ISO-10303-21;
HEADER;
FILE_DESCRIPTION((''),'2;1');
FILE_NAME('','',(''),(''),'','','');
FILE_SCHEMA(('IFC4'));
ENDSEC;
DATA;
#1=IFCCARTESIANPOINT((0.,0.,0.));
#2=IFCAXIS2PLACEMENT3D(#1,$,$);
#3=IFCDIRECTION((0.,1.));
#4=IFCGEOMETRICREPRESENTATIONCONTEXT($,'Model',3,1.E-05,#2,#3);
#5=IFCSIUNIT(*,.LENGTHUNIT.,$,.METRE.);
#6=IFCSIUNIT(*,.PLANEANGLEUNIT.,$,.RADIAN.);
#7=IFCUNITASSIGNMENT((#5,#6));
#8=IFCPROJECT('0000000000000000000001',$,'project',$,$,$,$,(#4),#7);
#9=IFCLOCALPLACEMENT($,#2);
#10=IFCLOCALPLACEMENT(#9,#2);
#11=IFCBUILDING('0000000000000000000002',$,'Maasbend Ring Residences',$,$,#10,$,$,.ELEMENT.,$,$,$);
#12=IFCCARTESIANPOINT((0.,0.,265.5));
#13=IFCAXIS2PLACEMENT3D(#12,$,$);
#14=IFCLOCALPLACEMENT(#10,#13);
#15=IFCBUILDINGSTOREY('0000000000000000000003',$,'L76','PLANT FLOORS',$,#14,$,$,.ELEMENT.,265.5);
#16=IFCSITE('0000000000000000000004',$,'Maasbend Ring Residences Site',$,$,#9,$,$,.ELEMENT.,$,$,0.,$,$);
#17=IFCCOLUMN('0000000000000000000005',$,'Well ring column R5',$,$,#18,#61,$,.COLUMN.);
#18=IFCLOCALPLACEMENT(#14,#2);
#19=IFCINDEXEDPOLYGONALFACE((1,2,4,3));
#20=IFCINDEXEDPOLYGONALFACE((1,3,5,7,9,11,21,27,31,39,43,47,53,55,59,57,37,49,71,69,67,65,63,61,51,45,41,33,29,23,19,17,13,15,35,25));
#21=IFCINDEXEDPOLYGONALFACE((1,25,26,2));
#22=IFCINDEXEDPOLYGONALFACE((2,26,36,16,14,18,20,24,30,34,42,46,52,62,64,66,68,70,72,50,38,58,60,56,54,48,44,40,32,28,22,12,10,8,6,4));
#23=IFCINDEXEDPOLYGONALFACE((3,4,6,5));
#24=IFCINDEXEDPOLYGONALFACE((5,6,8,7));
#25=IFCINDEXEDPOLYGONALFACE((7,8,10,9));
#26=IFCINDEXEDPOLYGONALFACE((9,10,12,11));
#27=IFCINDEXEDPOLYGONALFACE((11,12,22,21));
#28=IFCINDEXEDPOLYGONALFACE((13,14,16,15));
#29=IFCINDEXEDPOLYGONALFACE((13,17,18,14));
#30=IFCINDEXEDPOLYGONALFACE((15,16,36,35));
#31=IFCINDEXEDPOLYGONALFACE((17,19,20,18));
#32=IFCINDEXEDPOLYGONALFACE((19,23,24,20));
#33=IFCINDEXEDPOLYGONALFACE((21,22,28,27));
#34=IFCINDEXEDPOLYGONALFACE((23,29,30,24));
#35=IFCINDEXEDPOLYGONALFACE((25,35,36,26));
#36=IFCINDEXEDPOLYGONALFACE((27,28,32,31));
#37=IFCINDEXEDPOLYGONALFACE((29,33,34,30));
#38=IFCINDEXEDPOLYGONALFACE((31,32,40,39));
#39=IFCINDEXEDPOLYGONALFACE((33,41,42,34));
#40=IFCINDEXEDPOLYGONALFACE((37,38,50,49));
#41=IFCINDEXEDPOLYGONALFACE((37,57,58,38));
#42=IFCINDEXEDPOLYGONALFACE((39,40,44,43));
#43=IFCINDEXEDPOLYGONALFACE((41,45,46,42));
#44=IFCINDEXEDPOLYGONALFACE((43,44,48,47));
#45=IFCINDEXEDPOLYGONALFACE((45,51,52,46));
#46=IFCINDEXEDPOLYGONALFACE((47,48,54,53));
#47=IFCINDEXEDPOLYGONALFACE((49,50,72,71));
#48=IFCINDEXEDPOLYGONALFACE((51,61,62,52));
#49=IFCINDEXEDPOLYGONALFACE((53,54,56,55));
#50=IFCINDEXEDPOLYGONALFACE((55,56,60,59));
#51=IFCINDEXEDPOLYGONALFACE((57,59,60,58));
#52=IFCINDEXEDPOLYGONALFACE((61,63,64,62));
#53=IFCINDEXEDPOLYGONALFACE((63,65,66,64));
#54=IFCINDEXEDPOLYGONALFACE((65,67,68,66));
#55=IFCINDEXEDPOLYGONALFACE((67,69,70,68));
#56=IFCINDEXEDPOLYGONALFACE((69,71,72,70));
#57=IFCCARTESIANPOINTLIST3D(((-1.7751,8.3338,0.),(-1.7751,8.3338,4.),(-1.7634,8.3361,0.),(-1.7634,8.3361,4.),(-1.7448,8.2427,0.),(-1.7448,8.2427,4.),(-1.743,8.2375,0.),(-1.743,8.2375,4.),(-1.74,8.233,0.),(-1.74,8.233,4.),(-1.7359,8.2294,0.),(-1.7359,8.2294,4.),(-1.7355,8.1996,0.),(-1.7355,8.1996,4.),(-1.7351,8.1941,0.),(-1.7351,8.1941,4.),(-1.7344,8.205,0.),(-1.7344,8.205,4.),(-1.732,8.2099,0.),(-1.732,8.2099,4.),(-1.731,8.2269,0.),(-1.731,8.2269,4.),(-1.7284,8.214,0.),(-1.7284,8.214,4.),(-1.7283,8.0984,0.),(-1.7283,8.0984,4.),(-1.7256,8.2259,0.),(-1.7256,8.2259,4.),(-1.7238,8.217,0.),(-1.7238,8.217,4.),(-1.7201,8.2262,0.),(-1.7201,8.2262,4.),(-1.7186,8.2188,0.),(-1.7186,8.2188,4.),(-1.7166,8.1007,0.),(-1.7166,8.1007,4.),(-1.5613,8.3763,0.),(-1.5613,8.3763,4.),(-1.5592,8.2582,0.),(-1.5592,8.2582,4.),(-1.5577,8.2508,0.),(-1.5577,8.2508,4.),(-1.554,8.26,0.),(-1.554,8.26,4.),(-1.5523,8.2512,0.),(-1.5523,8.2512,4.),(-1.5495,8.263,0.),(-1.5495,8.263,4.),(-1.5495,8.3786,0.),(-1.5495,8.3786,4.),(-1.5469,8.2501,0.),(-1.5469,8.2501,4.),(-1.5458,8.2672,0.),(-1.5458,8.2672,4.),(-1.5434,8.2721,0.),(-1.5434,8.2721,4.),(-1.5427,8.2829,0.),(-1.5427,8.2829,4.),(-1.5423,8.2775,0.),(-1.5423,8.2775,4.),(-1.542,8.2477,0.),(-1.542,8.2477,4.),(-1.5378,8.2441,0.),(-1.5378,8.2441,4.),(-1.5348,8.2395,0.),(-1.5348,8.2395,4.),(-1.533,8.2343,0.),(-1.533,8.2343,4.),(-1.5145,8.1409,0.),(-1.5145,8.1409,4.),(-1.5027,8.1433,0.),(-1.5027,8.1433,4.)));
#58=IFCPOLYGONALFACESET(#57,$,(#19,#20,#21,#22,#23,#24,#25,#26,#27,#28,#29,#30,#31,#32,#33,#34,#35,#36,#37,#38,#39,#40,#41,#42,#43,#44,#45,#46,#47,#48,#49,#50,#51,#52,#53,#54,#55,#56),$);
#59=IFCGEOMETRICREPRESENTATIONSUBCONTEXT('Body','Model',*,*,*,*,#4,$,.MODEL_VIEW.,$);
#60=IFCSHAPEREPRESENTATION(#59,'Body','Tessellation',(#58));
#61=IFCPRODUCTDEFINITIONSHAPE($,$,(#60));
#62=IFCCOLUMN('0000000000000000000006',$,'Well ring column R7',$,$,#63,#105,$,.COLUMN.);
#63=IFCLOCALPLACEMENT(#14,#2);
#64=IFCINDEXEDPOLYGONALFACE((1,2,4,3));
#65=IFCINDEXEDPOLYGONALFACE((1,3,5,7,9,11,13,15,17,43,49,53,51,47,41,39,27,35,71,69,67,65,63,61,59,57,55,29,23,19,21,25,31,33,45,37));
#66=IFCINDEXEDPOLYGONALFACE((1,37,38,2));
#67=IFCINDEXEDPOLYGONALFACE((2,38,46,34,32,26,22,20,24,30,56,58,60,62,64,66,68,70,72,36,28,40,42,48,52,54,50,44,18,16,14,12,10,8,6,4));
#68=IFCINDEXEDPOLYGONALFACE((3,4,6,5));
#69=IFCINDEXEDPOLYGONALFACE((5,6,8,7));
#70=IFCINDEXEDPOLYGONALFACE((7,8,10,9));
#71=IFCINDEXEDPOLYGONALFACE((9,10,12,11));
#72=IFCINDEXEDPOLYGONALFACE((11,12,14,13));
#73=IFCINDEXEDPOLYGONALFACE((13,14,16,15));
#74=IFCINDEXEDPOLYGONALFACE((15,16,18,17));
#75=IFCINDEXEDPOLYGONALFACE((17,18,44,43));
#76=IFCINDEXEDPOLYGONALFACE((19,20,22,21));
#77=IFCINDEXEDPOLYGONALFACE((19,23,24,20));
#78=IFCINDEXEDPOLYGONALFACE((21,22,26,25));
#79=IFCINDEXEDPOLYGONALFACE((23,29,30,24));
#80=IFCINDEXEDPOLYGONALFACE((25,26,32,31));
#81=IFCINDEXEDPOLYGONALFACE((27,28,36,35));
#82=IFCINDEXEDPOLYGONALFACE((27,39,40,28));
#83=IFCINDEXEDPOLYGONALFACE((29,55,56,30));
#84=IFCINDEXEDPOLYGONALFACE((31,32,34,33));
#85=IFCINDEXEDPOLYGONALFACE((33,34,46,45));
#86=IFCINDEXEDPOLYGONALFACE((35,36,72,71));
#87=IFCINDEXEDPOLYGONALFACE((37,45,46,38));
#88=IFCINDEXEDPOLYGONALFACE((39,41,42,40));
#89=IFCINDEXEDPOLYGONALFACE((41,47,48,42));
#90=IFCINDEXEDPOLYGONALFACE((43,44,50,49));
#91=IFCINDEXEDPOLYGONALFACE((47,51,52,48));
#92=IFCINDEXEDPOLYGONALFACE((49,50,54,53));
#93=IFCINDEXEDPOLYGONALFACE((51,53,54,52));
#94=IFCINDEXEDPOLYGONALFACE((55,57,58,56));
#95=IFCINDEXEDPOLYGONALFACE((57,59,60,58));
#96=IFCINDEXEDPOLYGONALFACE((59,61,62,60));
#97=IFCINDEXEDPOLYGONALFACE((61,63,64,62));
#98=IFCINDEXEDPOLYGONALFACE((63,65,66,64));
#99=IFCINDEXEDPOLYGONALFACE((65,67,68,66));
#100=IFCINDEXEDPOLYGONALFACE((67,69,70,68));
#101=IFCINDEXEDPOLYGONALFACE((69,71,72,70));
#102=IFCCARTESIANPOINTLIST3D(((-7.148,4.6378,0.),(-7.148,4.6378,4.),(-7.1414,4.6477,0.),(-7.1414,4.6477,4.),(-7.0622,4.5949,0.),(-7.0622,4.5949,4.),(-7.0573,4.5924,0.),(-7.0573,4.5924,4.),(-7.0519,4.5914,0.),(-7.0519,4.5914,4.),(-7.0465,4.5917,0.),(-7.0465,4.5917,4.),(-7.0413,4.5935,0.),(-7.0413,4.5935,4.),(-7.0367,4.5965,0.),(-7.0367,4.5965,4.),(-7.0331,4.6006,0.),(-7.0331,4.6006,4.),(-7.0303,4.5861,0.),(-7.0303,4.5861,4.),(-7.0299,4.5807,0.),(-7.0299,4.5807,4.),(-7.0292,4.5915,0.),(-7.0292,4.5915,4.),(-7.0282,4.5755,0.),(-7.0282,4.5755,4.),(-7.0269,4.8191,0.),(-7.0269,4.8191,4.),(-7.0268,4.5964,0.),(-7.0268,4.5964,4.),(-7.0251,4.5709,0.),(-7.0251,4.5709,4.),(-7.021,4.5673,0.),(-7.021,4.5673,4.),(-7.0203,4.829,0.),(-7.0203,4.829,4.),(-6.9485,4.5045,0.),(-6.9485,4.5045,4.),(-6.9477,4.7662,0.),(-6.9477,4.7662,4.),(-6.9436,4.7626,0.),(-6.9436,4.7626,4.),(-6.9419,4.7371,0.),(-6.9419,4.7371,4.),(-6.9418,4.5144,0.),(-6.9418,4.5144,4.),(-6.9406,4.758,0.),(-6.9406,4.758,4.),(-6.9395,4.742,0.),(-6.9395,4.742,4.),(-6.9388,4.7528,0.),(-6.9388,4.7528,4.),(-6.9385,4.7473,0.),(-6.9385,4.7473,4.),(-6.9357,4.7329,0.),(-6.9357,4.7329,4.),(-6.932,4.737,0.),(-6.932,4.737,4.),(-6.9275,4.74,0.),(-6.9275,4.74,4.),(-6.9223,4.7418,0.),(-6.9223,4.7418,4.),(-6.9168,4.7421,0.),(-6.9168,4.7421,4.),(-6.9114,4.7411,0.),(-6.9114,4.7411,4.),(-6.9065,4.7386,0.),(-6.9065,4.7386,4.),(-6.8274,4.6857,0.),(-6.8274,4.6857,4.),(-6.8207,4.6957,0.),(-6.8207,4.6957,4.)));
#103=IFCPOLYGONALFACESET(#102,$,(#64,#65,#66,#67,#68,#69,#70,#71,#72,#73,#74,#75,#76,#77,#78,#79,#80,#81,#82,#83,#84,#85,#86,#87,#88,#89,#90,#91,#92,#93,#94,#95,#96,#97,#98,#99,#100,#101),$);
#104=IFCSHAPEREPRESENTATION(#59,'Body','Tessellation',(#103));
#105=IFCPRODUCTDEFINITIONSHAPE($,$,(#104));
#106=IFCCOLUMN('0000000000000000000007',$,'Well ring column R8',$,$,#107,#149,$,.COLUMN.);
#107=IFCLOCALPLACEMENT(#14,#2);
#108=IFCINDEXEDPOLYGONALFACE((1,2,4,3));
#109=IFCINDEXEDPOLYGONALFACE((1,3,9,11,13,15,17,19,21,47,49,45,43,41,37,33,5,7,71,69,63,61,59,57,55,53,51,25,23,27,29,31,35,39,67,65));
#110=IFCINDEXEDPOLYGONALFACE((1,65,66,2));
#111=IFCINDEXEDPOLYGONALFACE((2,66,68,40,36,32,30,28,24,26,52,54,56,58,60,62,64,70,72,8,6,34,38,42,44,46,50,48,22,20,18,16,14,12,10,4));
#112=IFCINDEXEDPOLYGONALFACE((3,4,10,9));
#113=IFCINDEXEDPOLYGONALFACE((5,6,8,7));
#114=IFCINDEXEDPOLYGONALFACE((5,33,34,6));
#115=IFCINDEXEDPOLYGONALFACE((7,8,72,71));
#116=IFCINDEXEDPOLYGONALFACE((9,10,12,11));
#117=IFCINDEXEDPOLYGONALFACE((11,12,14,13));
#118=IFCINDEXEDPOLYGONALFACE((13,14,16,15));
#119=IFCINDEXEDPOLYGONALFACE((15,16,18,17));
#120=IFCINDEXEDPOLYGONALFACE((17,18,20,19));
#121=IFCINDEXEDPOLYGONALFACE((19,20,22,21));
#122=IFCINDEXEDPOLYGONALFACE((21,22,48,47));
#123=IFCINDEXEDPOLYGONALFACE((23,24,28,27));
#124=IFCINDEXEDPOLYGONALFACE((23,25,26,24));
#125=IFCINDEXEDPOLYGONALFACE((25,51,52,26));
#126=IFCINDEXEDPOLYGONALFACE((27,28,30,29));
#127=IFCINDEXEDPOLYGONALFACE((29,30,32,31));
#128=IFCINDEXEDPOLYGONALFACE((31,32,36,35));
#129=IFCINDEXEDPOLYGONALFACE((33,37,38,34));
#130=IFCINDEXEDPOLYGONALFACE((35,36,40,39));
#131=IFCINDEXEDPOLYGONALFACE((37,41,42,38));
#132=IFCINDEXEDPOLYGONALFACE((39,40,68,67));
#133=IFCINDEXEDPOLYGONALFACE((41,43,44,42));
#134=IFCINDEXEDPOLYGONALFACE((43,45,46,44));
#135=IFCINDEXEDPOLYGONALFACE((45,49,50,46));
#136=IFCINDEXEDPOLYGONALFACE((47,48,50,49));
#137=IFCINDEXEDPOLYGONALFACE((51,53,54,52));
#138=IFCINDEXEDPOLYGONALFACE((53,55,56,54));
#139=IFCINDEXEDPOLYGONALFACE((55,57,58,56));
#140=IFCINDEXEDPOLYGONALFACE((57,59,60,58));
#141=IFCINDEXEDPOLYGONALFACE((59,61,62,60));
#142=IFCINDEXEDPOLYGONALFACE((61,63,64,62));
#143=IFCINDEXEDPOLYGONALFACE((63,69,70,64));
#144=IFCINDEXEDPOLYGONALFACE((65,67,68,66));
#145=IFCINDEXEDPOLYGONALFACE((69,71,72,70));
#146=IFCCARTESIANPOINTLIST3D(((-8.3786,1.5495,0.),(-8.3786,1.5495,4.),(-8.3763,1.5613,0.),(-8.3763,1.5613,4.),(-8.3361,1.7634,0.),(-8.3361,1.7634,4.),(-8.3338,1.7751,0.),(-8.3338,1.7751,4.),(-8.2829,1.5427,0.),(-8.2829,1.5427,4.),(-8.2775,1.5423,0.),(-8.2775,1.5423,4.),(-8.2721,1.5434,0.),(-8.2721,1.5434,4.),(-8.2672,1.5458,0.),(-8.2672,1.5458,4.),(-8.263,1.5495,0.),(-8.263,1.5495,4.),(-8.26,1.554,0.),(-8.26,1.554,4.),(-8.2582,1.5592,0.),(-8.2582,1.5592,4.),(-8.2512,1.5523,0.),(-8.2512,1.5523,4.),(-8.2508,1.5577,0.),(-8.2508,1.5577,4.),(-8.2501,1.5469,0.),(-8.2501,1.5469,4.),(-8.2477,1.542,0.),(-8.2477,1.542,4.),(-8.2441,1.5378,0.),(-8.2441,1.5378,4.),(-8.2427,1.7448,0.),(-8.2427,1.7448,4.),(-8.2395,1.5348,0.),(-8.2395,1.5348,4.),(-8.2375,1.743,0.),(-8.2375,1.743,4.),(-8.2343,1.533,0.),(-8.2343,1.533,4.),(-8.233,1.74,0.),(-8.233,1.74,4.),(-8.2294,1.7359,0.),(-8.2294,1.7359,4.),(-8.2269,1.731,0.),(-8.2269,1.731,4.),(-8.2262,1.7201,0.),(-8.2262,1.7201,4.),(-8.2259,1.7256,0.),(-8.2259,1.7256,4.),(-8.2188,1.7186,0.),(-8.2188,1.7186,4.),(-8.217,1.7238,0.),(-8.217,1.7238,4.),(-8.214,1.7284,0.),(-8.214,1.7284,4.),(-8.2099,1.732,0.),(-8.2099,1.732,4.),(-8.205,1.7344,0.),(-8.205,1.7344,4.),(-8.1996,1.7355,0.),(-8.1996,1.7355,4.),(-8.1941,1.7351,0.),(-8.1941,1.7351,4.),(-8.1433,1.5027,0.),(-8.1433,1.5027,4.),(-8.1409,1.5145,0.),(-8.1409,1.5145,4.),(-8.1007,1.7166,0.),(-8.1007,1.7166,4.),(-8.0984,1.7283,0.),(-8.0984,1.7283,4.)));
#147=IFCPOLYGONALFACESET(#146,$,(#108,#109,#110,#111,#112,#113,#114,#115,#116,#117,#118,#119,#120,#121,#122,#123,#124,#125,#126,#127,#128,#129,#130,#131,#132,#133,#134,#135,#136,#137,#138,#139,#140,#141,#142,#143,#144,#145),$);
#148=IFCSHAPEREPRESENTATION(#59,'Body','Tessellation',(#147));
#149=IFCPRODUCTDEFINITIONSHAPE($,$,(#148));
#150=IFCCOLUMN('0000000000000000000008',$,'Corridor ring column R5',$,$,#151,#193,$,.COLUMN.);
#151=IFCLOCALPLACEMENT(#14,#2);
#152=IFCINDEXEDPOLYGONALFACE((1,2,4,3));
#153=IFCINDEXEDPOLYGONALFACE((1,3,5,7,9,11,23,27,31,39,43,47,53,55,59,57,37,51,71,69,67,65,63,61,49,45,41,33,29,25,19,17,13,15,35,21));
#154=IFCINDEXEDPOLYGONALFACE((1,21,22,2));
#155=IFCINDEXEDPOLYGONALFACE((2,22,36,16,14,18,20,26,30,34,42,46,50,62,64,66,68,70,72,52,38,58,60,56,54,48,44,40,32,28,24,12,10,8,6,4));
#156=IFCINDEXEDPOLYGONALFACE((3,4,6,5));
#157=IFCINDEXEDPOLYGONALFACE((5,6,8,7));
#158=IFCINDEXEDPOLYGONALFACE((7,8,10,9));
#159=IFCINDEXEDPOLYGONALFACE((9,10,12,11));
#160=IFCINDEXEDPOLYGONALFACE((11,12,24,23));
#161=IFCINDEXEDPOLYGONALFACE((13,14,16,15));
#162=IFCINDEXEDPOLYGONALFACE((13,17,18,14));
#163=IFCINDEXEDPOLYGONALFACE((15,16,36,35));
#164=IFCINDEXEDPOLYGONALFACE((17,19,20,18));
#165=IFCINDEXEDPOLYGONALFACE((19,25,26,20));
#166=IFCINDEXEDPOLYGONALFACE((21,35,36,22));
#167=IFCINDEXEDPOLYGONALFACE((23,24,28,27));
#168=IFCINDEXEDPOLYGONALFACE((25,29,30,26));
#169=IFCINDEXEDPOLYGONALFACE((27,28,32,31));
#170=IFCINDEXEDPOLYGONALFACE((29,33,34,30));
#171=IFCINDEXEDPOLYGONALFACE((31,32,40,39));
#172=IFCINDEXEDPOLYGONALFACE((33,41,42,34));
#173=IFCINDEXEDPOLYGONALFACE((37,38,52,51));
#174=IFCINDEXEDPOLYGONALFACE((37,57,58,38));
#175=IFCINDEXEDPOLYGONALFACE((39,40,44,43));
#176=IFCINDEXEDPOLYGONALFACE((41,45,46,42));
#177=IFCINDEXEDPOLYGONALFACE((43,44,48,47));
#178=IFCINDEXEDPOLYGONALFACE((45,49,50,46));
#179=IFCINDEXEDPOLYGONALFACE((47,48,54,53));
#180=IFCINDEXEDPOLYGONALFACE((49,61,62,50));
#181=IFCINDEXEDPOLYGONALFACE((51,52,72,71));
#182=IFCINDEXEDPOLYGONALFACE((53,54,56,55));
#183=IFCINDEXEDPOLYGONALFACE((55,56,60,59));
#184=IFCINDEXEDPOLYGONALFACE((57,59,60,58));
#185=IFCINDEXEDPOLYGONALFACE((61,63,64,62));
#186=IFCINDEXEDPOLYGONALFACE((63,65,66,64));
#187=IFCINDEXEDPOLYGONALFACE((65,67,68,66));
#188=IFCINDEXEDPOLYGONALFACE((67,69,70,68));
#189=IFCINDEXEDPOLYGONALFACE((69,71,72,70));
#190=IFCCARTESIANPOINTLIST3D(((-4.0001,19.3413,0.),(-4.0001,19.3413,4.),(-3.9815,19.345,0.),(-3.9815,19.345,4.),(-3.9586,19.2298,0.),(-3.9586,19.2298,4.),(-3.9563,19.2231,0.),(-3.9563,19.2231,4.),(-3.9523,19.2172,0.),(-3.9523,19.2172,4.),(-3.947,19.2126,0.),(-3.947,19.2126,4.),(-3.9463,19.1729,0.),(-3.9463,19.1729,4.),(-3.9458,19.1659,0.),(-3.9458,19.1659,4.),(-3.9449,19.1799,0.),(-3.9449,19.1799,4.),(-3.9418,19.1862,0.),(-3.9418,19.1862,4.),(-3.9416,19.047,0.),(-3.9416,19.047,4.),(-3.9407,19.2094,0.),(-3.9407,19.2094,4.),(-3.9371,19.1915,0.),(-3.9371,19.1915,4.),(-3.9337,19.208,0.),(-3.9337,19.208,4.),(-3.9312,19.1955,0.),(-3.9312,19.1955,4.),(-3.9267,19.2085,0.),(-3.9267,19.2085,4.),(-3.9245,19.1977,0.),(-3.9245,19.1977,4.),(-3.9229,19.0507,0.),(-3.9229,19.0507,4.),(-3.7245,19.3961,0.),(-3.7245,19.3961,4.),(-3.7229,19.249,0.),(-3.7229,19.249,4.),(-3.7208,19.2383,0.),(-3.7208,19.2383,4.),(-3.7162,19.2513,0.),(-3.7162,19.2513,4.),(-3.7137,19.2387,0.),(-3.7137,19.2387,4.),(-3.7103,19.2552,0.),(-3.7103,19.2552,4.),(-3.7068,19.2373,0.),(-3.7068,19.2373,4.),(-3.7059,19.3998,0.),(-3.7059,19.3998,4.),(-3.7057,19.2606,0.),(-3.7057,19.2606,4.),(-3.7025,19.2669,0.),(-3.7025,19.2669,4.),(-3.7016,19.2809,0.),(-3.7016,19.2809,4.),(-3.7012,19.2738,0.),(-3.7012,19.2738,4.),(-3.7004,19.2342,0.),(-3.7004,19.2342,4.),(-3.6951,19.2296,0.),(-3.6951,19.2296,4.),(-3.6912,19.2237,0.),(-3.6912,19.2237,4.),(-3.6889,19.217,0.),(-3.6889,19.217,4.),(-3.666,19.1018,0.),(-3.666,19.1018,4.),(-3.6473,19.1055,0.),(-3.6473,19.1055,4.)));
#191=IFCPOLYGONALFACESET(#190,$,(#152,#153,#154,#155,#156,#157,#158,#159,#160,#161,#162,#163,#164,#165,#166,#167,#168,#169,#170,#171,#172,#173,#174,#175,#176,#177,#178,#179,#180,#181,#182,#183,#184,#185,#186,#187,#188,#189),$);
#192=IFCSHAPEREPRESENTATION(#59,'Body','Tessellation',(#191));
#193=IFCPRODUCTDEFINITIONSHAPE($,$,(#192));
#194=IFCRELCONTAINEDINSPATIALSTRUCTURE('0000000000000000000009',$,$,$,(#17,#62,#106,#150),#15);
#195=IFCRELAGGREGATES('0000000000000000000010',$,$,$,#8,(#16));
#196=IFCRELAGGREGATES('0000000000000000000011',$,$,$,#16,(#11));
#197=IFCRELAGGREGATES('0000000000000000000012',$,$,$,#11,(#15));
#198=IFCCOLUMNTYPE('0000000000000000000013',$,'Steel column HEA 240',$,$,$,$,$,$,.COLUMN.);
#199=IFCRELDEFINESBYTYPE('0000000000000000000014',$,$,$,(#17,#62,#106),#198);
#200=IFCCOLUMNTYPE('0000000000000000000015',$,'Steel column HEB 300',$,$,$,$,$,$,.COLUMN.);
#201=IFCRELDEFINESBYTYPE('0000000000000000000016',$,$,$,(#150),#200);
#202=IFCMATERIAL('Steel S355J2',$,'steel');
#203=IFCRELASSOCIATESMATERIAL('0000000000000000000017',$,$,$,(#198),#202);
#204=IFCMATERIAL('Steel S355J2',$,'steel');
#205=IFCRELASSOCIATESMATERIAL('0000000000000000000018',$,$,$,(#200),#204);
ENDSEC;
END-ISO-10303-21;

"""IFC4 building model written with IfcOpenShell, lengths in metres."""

from ifc_helpers import new_model, si_unit, direction, frame, origin, origin_2d, place, context, subcontext, project, spatial, i_section, extrude, material, material_profile, profile_set, type_object, element, save


model = new_model("IFC4")

# Units and contexts
model_context = context("Model", 3, precision=1e-05, world=origin(), true_north=direction((0.0, 1.0)))
body_context = subcontext(model_context, "Body", "Model", "MODEL_VIEW")
ifc_project = project(units=[si_unit("LENGTHUNIT", "METRE"), si_unit("PLANEANGLEUNIT", "RADIAN")], contexts=[model_context])

# Site, building, storey
site_placement = place(None, origin())
site = spatial("IfcSite", under=ifc_project, at=site_placement, Name="Maasbend Ring Residences Site", CompositionType="ELEMENT", RefElevation=0.0)
building_placement = place(site_placement, origin())
building = spatial("IfcBuilding", under=site, at=building_placement, Name="Maasbend Ring Residences", CompositionType="ELEMENT")
storey_placement = place(building_placement, frame((0.0, 0.0, 265.5)))
storey = spatial("IfcBuildingStorey", under=building, at=storey_placement, Name="L76", Description="PLANT FLOORS", CompositionType="ELEMENT", Elevation=265.5)

# Columns
ifc_material_1 = material(Name="Steel S355J2", Category="steel")
ifc_material_profile_1 = material_profile(ifc_material_1, i_section(OverallWidth=0.24, OverallDepth=0.23, WebThickness=0.0076, FlangeThickness=0.012, FilletRadius=0.021, at=origin_2d()), Name="HEA 240")
ifc_profile_set_1 = profile_set([ifc_material_profile_1], Name="Steel S355J2")
column_type_1 = type_object("IfcColumnType", Name="Steel column HEA 240", PredefinedType="COLUMN", material=ifc_profile_set_1)
for number, where, z_axis, x_axis, name in (
    (1, (-1.6389, 8.2385, 0.0), (0.0, 0.0, 1.0), (-0.19509, 0.980785, 0.0), "Well ring column R5"),
    (2, (-6.9844, 4.6667, 0.0), (0.0, 0.0, 1.0), (-0.83147, 0.55557, 0.0), "Well ring column R7"),
    (3, (-8.2385, 1.6389, 0.0), (0.0, 0.0, 1.0), (-0.980785, 0.19509, 0.0), "Well ring column R8"),
):
    element("IfcColumn", number, at=place(storey_placement, frame(where, z_axis=z_axis, x_axis=x_axis)), inside=storey, type_object=column_type_1, Name=name, PredefinedType="COLUMN", context=body_context, shape_type="SweptSolid", body=[
        extrude(i_section(OverallWidth=0.24, OverallDepth=0.23, WebThickness=0.0076, FlangeThickness=0.012, FilletRadius=0.021, at=origin_2d()), origin(), (0.0, 0.0, 1.0), 4.0),
    ])
ifc_material_2 = material(Name="Steel S355J2", Category="steel")
ifc_material_profile_2 = material_profile(ifc_material_2, i_section(OverallWidth=0.3, OverallDepth=0.3, WebThickness=0.011, FlangeThickness=0.019, FilletRadius=0.0271, at=origin_2d()), Name="HEB 300")
ifc_profile_set_2 = profile_set([ifc_material_profile_2], Name="Steel S355J2")
column_type_2 = type_object("IfcColumnType", Name="Steel column HEB 300", PredefinedType="COLUMN", material=ifc_profile_set_2)
for number, where, z_axis, x_axis, name in (
    (4, (-3.8237, 19.2234, 0.0), (0.0, 0.0, 1.0), (-0.19509, 0.980785, 0.0), "Corridor ring column R5"),
):
    element("IfcColumn", number, at=place(storey_placement, frame(where, z_axis=z_axis, x_axis=x_axis)), inside=storey, type_object=column_type_2, Name=name, PredefinedType="COLUMN", context=body_context, shape_type="SweptSolid", body=[
        extrude(i_section(OverallWidth=0.3, OverallDepth=0.3, WebThickness=0.011, FlangeThickness=0.019, FilletRadius=0.0271, at=origin_2d()), origin(), (0.0, 0.0, 1.0), 4.0),
    ])

save(model, "model.ifc")
